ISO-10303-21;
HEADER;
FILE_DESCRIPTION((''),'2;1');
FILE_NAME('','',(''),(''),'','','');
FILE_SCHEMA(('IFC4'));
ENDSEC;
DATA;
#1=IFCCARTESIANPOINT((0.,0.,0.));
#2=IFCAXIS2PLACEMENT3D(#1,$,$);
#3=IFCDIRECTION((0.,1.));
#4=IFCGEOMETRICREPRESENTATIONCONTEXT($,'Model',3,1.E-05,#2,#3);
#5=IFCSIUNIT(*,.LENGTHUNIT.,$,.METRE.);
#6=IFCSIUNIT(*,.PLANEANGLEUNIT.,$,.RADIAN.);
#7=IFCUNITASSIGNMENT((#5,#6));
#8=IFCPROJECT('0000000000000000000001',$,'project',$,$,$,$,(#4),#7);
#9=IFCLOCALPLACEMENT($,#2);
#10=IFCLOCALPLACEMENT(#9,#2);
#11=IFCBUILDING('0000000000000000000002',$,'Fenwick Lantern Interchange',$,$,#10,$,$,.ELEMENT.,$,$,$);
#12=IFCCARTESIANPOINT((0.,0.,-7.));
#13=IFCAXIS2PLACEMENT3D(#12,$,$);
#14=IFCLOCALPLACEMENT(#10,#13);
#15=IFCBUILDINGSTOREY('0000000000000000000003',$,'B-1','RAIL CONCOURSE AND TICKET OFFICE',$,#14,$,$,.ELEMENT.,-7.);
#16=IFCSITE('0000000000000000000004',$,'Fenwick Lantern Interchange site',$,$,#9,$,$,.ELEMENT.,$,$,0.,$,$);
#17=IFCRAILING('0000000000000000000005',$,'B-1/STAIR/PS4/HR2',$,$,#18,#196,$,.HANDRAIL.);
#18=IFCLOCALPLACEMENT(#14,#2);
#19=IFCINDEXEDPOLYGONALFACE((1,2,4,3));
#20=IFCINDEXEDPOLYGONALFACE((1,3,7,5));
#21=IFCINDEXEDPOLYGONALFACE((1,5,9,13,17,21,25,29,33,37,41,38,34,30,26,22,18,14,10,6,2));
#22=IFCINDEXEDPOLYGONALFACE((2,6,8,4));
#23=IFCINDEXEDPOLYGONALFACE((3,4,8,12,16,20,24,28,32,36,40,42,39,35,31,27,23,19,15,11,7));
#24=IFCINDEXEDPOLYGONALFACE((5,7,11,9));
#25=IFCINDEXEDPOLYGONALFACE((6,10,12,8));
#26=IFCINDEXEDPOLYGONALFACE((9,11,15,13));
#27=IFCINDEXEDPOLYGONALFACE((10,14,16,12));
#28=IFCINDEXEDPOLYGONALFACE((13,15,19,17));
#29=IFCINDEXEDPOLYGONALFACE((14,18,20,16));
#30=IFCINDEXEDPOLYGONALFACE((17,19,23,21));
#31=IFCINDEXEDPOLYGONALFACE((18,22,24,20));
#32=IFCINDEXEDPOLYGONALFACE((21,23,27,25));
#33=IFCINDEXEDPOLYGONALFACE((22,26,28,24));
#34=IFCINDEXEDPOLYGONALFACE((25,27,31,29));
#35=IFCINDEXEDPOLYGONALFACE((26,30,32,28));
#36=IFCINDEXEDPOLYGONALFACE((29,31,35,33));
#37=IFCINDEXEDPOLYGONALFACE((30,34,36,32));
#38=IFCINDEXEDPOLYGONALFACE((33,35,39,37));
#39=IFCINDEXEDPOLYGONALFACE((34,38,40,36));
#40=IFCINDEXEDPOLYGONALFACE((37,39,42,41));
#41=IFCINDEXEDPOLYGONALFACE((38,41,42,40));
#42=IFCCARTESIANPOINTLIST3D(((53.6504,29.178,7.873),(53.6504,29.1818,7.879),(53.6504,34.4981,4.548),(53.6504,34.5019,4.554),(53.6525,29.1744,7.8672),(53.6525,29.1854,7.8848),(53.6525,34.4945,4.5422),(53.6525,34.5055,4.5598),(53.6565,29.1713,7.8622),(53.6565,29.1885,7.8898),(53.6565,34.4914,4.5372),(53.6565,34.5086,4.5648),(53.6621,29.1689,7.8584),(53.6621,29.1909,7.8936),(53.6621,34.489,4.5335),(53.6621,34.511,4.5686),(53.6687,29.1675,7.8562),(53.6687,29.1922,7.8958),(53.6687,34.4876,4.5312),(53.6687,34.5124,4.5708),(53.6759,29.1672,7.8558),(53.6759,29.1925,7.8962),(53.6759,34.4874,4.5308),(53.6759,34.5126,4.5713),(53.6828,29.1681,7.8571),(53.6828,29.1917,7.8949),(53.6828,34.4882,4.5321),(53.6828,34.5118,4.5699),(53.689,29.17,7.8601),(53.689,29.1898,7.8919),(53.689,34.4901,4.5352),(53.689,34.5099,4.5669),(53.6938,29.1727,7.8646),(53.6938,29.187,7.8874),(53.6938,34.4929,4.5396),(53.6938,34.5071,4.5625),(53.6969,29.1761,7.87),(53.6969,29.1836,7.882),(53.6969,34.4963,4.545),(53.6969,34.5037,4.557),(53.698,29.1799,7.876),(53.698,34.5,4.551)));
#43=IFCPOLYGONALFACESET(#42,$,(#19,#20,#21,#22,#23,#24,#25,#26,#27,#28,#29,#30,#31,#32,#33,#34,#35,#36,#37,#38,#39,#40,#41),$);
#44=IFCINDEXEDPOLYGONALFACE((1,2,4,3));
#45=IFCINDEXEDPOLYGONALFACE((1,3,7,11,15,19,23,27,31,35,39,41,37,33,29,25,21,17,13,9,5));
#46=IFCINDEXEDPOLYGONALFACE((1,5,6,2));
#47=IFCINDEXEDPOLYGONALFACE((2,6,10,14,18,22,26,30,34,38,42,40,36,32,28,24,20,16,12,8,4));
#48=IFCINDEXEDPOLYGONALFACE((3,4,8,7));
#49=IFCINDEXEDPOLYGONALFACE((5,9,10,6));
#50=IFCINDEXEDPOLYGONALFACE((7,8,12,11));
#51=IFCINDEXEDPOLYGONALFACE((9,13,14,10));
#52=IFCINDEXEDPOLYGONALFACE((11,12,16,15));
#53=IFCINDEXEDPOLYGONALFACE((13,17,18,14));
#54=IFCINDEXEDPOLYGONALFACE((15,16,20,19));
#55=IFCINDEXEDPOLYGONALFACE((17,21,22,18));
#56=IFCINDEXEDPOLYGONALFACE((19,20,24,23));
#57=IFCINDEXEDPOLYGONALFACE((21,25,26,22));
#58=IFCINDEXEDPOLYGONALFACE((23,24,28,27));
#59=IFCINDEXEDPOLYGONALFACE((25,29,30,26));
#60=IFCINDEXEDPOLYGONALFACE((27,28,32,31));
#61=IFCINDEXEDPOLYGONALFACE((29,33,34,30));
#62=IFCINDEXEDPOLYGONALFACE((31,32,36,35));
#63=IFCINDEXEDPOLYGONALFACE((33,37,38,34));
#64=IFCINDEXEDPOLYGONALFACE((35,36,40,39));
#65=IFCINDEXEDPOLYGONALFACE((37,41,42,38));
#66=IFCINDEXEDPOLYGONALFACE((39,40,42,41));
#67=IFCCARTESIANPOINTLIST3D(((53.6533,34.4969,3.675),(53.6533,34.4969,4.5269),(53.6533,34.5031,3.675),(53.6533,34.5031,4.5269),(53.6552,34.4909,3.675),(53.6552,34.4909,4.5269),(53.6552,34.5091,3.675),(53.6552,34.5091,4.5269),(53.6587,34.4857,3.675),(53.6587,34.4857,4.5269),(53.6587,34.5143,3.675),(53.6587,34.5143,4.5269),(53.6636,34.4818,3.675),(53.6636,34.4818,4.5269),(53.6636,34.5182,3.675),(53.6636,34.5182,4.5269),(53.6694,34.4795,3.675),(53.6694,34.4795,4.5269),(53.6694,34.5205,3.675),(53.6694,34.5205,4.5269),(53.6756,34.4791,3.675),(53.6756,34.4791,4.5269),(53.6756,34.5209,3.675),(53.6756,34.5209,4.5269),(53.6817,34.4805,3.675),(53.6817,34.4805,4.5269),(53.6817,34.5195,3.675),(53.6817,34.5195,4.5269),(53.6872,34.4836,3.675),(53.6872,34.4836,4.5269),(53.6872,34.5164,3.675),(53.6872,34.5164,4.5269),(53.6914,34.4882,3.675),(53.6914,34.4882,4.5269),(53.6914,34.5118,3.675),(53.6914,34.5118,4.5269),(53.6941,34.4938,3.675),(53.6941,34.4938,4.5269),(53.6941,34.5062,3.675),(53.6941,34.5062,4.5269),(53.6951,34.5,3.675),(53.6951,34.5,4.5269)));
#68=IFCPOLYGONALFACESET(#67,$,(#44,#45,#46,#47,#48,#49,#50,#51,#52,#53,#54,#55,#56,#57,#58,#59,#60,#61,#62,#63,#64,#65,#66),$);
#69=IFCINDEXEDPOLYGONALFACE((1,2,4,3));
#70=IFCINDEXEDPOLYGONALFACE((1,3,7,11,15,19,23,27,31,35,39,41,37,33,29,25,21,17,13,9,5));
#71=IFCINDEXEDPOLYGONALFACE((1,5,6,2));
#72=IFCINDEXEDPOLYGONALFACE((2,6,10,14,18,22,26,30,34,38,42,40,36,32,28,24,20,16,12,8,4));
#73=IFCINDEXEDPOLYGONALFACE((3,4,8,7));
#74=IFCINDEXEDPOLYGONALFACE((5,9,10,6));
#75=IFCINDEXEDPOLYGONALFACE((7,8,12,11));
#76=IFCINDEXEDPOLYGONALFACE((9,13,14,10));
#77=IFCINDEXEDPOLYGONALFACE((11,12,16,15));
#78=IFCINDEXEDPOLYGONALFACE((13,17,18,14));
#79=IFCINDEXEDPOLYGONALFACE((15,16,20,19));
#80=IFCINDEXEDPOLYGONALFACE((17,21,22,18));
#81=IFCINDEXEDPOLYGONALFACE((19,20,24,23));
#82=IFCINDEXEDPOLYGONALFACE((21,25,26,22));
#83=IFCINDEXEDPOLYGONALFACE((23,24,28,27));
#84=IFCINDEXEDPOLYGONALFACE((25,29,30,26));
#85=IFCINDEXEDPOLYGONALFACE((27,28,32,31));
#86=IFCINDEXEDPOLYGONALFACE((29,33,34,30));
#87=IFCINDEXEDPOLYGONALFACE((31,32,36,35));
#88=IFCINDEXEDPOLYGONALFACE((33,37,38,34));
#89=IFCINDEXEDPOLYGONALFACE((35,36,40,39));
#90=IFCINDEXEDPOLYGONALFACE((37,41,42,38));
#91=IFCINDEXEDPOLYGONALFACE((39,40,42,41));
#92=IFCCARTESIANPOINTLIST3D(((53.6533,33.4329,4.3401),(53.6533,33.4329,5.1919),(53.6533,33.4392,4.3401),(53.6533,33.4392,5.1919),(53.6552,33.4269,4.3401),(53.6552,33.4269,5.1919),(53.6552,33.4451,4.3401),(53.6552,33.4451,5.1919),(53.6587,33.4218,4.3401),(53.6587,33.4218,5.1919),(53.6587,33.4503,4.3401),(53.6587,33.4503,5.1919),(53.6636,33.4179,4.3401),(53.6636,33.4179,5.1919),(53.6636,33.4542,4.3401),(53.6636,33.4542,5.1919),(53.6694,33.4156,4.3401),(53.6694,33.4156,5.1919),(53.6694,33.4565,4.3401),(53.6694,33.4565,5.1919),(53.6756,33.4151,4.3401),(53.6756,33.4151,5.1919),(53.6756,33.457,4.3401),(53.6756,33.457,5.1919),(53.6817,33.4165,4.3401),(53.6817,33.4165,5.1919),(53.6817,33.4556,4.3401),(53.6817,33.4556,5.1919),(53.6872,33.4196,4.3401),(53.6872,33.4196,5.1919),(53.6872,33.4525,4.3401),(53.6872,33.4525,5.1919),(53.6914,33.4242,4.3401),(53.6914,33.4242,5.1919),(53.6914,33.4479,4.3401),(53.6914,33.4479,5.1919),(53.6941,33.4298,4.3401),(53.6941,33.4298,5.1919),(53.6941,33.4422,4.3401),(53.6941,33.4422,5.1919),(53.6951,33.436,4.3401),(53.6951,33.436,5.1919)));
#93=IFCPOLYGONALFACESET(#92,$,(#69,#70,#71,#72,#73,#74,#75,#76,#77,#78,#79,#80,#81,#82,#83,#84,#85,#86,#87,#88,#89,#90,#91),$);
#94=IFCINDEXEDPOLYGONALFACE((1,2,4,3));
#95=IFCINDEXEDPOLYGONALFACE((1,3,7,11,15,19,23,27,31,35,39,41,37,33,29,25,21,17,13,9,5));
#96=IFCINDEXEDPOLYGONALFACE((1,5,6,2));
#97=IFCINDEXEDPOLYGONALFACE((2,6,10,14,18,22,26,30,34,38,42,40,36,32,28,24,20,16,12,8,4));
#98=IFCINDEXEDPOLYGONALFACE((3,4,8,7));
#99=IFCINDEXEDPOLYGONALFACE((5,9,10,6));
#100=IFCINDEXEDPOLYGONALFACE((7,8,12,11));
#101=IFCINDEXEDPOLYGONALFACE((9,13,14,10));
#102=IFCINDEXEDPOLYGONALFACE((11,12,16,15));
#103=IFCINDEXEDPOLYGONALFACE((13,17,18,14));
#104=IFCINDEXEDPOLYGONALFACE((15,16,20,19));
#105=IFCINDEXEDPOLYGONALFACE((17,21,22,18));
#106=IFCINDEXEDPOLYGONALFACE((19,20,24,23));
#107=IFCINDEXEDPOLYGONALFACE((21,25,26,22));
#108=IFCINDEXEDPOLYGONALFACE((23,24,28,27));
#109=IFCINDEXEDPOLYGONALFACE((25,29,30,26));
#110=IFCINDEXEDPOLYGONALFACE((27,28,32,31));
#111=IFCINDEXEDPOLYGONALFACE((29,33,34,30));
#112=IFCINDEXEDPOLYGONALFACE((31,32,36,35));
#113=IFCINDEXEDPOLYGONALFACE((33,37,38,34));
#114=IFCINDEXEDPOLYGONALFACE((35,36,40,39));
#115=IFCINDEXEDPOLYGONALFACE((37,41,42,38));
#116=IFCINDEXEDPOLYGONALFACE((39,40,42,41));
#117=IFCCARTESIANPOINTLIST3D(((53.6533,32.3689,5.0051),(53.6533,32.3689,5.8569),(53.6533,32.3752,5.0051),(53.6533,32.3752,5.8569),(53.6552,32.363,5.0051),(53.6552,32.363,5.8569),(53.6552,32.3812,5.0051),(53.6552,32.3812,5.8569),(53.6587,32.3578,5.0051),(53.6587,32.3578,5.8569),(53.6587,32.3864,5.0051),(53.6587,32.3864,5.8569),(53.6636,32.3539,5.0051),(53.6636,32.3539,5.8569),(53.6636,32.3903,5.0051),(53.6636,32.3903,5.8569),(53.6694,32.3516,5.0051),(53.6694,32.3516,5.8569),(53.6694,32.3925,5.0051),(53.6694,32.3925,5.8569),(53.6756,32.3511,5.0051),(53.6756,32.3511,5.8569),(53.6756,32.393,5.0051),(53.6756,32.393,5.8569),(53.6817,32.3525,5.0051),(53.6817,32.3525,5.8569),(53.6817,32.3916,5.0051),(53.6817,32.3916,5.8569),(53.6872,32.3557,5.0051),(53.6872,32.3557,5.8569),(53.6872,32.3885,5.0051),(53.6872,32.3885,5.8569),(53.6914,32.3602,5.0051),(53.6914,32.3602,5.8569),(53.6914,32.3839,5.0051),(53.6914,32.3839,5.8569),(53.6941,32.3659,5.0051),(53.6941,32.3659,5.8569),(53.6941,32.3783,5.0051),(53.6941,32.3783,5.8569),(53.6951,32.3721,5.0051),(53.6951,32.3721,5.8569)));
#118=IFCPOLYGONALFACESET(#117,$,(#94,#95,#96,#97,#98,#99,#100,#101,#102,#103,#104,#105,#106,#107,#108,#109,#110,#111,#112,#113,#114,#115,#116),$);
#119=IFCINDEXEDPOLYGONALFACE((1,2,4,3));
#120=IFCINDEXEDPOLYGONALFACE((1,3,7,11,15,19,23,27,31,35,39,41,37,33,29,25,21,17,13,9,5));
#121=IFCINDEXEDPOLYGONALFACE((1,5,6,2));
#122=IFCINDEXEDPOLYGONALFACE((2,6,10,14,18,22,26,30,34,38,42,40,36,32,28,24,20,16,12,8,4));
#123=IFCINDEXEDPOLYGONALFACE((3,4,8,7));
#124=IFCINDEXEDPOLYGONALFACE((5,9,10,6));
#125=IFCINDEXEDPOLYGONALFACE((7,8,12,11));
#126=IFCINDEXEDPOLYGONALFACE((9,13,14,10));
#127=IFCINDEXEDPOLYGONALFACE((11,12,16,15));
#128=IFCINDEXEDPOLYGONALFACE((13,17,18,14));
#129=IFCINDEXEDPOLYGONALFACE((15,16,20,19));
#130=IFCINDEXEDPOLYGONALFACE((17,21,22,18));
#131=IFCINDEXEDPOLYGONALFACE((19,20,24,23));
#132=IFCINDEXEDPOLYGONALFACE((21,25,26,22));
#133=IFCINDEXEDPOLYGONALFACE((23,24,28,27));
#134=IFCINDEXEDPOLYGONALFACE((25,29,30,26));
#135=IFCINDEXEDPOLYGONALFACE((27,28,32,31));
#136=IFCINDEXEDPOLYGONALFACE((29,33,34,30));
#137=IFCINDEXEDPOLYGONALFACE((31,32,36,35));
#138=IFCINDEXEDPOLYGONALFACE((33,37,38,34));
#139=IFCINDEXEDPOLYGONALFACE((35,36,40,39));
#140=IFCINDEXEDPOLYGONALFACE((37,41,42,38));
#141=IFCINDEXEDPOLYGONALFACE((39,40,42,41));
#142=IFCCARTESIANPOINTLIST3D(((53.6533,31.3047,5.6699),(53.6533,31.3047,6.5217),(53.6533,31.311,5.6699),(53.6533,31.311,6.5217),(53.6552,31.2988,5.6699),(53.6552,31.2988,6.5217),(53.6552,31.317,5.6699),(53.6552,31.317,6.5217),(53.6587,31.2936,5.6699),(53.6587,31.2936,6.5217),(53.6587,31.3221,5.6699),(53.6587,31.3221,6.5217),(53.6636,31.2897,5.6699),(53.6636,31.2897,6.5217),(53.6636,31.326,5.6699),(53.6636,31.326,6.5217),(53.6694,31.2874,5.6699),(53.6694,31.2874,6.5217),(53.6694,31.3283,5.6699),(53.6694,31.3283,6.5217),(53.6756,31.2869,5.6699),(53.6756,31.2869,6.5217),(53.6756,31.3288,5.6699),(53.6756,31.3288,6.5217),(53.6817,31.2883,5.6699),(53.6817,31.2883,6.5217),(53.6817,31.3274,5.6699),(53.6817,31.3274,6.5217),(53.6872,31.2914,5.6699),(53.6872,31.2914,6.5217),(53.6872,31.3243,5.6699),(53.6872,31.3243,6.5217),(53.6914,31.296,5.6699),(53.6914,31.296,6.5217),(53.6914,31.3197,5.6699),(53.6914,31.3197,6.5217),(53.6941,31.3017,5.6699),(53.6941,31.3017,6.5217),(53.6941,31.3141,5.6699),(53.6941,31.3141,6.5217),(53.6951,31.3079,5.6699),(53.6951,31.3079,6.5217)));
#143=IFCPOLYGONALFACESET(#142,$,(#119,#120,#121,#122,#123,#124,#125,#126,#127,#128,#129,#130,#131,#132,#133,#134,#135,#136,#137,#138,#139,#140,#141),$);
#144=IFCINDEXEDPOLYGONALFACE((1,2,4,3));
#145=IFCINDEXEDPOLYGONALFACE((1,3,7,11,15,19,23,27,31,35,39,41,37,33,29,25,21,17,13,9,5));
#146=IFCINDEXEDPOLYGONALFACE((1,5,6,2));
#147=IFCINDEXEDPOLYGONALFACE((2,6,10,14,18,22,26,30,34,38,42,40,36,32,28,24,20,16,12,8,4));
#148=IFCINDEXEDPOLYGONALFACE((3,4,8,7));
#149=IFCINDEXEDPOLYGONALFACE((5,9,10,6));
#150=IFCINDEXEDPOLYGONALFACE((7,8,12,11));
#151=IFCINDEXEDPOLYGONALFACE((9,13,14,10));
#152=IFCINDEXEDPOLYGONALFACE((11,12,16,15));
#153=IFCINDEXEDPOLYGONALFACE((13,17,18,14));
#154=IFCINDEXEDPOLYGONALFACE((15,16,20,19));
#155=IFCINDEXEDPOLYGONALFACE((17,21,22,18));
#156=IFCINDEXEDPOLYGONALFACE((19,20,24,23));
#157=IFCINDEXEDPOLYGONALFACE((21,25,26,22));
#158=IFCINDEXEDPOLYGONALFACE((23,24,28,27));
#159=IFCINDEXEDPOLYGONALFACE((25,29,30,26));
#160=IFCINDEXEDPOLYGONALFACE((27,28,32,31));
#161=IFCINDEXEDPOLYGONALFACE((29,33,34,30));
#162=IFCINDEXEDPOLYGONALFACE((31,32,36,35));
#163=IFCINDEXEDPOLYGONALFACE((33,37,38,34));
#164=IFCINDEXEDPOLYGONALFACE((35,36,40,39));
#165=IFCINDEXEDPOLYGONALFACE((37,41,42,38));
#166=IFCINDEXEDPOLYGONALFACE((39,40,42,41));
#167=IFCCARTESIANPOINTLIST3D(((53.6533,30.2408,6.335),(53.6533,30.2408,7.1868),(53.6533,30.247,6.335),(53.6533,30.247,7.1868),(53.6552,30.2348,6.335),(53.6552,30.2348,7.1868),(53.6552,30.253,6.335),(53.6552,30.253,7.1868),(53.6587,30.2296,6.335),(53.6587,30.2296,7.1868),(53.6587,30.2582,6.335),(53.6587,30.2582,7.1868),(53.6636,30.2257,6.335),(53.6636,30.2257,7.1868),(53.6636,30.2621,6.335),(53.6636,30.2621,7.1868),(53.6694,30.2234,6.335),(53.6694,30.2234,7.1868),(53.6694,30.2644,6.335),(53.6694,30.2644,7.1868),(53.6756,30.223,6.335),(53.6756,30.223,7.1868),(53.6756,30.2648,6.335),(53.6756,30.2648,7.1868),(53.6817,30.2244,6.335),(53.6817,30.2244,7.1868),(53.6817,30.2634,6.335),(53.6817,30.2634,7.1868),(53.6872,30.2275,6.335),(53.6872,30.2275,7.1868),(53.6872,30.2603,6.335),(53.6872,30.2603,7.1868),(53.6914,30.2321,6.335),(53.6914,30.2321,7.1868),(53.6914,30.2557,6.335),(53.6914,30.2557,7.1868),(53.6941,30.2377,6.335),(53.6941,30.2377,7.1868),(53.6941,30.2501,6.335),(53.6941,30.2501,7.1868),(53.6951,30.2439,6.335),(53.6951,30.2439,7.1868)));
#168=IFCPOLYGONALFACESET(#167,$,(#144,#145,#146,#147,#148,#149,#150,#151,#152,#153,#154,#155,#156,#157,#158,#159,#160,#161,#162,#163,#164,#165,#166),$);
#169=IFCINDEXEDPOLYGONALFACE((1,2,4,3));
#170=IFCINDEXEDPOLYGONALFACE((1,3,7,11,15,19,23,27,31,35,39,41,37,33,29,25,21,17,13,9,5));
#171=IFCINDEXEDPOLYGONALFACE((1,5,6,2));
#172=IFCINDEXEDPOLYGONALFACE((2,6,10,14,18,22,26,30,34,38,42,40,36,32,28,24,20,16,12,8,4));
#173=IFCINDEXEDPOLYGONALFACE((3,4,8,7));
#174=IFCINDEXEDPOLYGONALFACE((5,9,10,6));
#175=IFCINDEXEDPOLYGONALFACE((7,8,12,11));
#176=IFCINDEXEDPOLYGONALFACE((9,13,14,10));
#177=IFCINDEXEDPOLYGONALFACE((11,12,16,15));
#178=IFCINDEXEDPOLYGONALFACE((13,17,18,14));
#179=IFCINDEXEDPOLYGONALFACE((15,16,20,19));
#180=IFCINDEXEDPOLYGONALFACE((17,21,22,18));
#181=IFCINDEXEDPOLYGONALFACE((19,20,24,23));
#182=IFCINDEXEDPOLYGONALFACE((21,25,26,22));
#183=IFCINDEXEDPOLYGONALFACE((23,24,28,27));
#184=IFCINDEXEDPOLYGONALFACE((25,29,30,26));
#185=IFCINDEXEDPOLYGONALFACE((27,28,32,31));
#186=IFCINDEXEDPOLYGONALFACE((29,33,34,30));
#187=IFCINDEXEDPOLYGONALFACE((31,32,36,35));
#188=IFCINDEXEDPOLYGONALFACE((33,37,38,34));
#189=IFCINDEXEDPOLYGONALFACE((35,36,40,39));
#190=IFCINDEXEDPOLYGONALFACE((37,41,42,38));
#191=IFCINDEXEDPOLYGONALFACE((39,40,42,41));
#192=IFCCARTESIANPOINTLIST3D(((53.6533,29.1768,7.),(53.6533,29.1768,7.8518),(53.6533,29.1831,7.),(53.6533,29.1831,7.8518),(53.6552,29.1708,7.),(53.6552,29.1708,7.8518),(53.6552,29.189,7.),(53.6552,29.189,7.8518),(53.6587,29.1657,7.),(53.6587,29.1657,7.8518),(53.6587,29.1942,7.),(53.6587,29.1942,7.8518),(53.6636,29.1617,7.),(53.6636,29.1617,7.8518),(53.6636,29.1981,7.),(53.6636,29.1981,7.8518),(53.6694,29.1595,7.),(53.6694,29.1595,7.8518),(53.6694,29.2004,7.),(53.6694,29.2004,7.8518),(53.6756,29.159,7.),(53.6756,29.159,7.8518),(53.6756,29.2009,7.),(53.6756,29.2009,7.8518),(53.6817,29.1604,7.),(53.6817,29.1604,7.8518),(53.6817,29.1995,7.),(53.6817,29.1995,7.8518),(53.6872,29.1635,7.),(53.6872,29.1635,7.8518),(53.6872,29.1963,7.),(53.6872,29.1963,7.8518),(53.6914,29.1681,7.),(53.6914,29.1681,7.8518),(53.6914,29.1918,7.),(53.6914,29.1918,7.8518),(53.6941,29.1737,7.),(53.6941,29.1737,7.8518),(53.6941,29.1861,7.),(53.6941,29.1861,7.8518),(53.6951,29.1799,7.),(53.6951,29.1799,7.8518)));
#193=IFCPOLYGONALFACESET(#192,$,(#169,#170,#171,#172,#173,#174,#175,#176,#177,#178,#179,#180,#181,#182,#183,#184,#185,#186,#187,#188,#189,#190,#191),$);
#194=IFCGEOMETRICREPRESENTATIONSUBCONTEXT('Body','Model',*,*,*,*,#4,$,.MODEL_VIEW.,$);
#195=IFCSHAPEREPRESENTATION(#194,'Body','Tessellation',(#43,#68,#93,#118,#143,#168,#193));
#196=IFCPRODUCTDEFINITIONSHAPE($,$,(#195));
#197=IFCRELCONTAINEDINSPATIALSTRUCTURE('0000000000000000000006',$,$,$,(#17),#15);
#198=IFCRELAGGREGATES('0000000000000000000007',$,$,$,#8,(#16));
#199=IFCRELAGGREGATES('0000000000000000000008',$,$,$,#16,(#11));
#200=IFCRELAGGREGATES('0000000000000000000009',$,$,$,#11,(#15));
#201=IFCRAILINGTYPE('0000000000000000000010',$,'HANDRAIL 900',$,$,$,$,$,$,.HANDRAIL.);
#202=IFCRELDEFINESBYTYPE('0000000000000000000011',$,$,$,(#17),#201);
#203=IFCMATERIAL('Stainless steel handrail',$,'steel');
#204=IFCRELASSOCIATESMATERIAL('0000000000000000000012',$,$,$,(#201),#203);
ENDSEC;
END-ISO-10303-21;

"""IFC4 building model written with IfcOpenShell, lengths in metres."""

from ifc_helpers import new_model, si_unit, direction, frame, origin, origin_2d, place, context, subcontext, project, spatial, circle, extrude, material, type_object, element, save


model = new_model("IFC4")

# Units and contexts
model_context = context("Model", 3, precision=1e-05, world=origin(), true_north=direction((0.0, 1.0)))
body_context = subcontext(model_context, "Body", "Model", "MODEL_VIEW")
ifc_project = project(units=[si_unit("LENGTHUNIT", "METRE"), si_unit("PLANEANGLEUNIT", "RADIAN")], contexts=[model_context])

# Site, building, storey
site_placement = place(None, origin())
site = spatial("IfcSite", under=ifc_project, at=site_placement, Name="Fenwick Lantern Interchange site", CompositionType="ELEMENT", RefElevation=0.0)
building_placement = place(site_placement, origin())
building = spatial("IfcBuilding", under=site, at=building_placement, Name="Fenwick Lantern Interchange", CompositionType="ELEMENT")
storey_placement = place(building_placement, frame((0.0, 0.0, -7.0)))
storey = spatial("IfcBuildingStorey", under=building, at=storey_placement, Name="B-1", Description="RAIL CONCOURSE AND TICKET OFFICE", CompositionType="ELEMENT", Elevation=-7.0)

# Railing
ifc_material_1 = material(Name="Stainless steel handrail", Category="steel")
railing_type = type_object("IfcRailingType", Name="HANDRAIL 900", PredefinedType="HANDRAIL", material=ifc_material_1)
railing_placement = place(storey_placement, frame((53.6741, 34.5, 3.675)))
element("IfcRailing", 1, at=railing_placement, inside=storey, type_object=railing_type, Name="B-1/STAIR/PS4/HR2", PredefinedType="HANDRAIL", context=body_context, shape_type="SweptSolid", body=[
    extrude(circle(Radius=0.0239, at=origin_2d()), frame((0.0, 0.0, 0.876), z_axis=(0.0, -0.848005, 0.529988), x_axis=(1.0, 0.0, 0.0)), (0.0, 0.0, 1.0), 6.2737),
    extrude(circle(Radius=0.021, at=origin_2d()), origin(), (0.0, 0.0, 1.0), 0.8518),
    extrude(circle(Radius=0.021, at=origin_2d()), frame((0.0, -1.064, 0.665)), (0.0, 0.0, 1.0), 0.8518),
    extrude(circle(Radius=0.021, at=origin_2d()), frame((0.0, -2.1279, 1.3301)), (0.0, 0.0, 1.0), 0.8518),
    extrude(circle(Radius=0.021, at=origin_2d()), frame((0.0, -3.1921, 1.9949)), (0.0, 0.0, 1.0), 0.8518),
    extrude(circle(Radius=0.021, at=origin_2d()), frame((0.0, -4.2561, 2.6599)), (0.0, 0.0, 1.0), 0.8518),
    extrude(circle(Radius=0.021, at=origin_2d()), frame((0.0, -5.3201, 3.325)), (0.0, 0.0, 1.0), 0.8518),
])

save(model, "model.ifc")
